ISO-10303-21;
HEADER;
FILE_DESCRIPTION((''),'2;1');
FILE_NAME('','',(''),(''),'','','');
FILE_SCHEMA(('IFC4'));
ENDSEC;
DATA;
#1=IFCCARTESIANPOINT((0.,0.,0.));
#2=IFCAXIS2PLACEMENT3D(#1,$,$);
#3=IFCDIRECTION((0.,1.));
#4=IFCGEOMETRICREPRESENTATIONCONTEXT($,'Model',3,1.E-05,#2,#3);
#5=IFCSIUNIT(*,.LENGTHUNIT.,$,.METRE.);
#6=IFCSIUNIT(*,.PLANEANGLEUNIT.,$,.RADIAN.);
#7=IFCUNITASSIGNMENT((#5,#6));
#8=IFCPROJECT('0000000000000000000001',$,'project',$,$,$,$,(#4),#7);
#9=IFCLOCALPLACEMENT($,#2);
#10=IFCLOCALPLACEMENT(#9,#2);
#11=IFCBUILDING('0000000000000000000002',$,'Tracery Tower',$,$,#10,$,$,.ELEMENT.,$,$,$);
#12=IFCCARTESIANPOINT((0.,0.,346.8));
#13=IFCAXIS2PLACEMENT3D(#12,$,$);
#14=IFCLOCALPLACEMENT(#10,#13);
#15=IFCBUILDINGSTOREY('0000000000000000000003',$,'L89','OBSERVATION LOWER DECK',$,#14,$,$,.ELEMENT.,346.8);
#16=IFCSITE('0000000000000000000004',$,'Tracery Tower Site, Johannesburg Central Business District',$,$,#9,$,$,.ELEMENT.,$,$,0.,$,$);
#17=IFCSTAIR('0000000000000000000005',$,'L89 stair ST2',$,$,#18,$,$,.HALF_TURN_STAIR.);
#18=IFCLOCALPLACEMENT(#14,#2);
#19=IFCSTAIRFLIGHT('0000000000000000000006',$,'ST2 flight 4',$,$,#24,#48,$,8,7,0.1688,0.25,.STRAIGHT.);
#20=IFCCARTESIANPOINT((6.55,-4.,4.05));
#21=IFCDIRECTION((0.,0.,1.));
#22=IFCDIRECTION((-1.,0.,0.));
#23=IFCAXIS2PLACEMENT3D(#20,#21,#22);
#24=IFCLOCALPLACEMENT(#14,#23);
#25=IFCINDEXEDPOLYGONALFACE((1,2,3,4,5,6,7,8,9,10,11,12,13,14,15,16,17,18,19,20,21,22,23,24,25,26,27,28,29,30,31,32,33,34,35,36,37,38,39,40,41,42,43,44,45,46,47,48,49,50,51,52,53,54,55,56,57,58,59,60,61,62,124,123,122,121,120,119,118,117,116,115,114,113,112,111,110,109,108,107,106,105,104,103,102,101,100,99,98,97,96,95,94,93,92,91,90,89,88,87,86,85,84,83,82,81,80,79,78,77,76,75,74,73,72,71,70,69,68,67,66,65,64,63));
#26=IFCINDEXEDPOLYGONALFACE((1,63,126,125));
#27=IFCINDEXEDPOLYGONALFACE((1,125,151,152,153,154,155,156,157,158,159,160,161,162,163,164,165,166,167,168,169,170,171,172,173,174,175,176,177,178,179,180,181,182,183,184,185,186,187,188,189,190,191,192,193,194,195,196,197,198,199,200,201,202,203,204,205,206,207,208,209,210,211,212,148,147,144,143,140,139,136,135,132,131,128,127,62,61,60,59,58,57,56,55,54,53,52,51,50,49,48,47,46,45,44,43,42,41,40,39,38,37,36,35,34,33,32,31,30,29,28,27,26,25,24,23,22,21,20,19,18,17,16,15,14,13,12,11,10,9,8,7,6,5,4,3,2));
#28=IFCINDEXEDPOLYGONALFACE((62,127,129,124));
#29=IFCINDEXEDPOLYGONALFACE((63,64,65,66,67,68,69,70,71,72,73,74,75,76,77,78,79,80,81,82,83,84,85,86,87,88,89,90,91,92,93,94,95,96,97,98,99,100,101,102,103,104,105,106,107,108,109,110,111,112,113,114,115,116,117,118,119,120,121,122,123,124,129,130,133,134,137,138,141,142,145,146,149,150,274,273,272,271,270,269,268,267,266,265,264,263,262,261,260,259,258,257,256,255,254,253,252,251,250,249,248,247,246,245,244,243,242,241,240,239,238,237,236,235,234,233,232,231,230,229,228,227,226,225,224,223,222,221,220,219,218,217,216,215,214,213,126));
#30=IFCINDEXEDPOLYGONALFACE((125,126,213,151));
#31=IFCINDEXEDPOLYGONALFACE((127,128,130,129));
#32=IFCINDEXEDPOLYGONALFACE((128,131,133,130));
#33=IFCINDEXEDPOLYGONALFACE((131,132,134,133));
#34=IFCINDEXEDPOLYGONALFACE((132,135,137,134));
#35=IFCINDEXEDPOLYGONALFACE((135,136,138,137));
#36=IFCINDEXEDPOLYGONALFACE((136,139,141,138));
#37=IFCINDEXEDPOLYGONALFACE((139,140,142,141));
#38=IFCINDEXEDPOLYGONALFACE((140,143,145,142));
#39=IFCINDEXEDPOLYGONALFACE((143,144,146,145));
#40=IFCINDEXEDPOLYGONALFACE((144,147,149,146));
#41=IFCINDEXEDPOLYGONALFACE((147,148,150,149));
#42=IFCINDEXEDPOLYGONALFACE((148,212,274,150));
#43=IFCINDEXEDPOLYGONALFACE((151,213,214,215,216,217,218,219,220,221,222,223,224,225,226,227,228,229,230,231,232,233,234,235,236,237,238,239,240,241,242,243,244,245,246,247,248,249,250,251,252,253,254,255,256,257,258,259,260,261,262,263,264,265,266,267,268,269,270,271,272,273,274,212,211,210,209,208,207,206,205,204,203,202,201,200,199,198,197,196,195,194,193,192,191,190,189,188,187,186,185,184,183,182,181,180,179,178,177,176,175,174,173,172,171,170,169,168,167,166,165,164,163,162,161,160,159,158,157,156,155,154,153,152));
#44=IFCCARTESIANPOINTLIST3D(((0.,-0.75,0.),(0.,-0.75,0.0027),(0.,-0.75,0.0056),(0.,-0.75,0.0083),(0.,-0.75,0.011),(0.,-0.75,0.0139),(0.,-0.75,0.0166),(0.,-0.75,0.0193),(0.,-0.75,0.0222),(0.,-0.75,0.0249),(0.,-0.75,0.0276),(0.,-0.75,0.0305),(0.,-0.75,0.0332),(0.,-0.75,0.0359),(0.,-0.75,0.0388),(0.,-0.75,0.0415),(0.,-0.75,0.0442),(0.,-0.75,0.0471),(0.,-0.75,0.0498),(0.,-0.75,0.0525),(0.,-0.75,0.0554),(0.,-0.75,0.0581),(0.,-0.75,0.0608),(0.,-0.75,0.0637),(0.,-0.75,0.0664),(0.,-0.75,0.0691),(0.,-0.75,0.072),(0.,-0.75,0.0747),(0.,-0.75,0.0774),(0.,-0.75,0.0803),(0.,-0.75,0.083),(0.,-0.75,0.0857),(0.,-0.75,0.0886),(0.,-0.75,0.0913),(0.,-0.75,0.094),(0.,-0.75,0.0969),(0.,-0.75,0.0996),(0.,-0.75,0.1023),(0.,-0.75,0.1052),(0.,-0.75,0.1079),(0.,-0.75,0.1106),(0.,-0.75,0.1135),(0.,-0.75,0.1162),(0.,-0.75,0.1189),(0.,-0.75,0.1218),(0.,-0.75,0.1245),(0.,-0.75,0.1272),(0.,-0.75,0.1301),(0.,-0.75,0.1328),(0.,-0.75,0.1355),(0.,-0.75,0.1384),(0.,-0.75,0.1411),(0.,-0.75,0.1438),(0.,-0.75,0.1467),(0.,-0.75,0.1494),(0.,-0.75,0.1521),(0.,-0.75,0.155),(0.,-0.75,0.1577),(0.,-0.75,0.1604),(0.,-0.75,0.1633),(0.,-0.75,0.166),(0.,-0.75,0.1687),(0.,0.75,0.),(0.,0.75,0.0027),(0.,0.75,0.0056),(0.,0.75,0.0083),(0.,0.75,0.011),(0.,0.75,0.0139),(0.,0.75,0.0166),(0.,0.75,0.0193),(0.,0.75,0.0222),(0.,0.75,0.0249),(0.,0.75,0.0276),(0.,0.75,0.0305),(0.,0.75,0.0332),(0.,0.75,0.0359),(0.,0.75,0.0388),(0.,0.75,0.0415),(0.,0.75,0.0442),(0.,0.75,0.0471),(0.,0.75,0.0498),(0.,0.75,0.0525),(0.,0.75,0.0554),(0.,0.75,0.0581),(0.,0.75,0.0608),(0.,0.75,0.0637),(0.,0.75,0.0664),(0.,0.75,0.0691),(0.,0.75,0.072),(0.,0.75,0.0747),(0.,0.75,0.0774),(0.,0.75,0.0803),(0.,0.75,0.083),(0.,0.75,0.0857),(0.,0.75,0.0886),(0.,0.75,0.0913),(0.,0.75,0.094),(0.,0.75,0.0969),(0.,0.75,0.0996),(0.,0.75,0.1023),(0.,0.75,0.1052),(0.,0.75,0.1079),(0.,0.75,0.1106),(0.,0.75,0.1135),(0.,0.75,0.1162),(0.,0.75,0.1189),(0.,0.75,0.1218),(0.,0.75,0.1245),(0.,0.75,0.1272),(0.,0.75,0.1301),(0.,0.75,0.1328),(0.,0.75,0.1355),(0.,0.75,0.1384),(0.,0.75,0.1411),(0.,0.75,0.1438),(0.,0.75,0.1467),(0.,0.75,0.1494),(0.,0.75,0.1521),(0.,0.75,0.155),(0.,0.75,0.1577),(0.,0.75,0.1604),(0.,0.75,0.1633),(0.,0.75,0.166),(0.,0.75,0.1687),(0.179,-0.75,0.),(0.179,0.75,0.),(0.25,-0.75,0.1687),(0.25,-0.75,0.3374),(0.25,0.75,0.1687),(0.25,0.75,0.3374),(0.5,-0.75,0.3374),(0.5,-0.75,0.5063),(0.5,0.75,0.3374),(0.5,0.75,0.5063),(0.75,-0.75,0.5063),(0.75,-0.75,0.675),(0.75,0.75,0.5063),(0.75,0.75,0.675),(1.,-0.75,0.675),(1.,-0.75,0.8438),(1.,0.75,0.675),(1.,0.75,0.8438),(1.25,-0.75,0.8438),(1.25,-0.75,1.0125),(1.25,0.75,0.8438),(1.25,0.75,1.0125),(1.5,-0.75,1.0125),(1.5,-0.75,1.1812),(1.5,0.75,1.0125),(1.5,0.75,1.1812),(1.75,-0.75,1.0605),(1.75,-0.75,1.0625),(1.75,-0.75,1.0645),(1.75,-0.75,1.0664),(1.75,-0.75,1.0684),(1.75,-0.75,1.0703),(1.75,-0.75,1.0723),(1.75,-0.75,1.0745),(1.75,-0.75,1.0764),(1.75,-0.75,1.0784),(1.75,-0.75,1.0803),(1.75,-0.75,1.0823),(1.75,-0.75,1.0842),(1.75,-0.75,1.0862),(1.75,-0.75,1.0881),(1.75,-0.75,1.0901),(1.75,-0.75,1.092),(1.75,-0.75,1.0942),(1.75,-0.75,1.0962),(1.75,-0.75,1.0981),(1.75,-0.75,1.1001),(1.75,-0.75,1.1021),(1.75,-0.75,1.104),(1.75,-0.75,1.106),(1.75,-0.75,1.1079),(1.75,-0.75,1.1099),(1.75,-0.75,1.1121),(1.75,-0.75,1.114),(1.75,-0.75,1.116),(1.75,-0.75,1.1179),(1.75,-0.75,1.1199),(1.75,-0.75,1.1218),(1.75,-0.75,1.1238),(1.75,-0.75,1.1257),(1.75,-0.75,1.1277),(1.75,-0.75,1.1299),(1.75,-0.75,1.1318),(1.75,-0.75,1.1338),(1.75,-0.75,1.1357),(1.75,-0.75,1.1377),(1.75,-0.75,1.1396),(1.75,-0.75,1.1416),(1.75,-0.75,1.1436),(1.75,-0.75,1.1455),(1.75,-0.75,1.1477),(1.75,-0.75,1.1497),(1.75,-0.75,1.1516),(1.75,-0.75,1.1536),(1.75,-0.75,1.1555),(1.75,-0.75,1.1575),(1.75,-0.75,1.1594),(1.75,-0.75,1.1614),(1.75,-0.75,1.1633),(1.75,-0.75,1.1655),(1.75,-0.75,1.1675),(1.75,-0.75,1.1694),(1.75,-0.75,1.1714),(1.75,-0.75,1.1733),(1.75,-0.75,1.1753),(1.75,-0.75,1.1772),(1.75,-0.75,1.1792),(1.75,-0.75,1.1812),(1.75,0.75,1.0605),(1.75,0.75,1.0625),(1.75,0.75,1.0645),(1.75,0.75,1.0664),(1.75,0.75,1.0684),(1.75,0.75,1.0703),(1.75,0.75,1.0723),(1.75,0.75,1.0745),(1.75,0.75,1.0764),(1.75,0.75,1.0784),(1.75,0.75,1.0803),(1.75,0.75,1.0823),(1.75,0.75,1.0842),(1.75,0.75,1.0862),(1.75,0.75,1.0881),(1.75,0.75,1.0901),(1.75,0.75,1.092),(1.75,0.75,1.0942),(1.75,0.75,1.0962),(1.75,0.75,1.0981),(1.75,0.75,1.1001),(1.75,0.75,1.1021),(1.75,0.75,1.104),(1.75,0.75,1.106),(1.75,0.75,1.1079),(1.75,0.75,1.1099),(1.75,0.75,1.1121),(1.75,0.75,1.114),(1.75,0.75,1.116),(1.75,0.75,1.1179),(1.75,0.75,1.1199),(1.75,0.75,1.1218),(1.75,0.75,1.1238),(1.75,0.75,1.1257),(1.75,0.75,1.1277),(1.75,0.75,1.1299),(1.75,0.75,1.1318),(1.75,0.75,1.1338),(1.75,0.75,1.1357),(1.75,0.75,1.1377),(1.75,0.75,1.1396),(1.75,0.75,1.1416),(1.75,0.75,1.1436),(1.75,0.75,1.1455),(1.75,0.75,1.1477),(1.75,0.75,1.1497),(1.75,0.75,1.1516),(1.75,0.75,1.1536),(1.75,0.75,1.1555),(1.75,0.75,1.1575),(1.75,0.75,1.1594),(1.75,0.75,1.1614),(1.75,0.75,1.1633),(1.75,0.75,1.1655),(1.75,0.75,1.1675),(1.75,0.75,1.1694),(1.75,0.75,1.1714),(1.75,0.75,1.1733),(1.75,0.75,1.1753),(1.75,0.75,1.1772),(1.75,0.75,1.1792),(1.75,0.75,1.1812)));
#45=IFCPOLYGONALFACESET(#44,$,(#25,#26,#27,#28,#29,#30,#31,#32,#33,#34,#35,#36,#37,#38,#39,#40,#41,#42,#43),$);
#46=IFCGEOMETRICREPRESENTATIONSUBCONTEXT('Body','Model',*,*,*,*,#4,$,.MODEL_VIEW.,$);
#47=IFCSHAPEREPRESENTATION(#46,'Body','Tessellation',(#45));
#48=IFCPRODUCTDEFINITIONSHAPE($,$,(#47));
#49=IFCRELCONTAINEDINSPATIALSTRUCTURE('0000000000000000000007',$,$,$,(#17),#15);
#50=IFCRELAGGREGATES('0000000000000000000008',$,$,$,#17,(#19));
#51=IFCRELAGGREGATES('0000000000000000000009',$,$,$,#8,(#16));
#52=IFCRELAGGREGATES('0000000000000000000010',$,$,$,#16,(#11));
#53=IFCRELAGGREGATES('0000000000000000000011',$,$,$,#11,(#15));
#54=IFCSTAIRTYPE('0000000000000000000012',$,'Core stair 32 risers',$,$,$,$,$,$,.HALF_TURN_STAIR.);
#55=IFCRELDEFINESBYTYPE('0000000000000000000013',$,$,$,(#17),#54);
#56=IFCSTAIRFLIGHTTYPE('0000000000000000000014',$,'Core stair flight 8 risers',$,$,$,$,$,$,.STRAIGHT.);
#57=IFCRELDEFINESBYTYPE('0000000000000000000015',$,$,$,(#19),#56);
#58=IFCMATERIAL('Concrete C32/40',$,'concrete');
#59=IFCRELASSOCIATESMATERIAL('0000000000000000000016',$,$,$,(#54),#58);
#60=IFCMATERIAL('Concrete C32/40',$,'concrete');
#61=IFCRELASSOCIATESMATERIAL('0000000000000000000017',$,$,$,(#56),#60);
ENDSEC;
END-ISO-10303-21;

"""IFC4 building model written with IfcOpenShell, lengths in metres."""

from ifc_helpers import new_model, si_unit, direction, frame, origin, place, context, subcontext, project, spatial, polyline, outline, extrude, material, type_object, element, aggregate, save


model = new_model("IFC4")

# Units and contexts
model_context = context("Model", 3, precision=1e-05, world=origin(), true_north=direction((0.0, 1.0)))
body_context = subcontext(model_context, "Body", "Model", "MODEL_VIEW")
ifc_project = project(units=[si_unit("LENGTHUNIT", "METRE"), si_unit("PLANEANGLEUNIT", "RADIAN")], contexts=[model_context])

# Site, building, storey
site_placement = place(None, origin())
site = spatial("IfcSite", under=ifc_project, at=site_placement, Name="Tracery Tower Site, Johannesburg Central Business District", CompositionType="ELEMENT", RefElevation=0.0)
building_placement = place(site_placement, origin())
building = spatial("IfcBuilding", under=site, at=building_placement, Name="Tracery Tower", CompositionType="ELEMENT")
storey_placement = place(building_placement, frame((0.0, 0.0, 346.8)))
storey = spatial("IfcBuildingStorey", under=building, at=storey_placement, Name="L89", Description="OBSERVATION LOWER DECK", CompositionType="ELEMENT", Elevation=346.8)

# Stair, stair flight
ifc_material_1 = material(Name="Concrete C32/40", Category="concrete")
stair_type = type_object("IfcStairType", Name="Core stair 32 risers", PredefinedType="HALF_TURN_STAIR", material=ifc_material_1)
stair_placement = place(storey_placement, origin())
stair = element("IfcStair", 1, at=stair_placement, inside=storey, type_object=stair_type, Name="L89 stair ST2", PredefinedType="HALF_TURN_STAIR")
ifc_material_2 = material(Name="Concrete C32/40", Category="concrete")
stair_flight_type = type_object("IfcStairFlightType", Name="Core stair flight 8 risers", PredefinedType="STRAIGHT", material=ifc_material_2)
stair_flight_1_placement = place(storey_placement, frame((6.55, -4.0, 4.05), z_axis=(0.0, 0.0, 1.0), x_axis=(-1.0, 0.0, 0.0)))
stair_flight_1 = element("IfcStairFlight", 2, at=stair_flight_1_placement, type_object=stair_flight_type, Name="ST2 flight 4", NumberOfRisers=8, NumberOfTreads=7, PredefinedType="STRAIGHT", RiserHeight=0.1688, TreadLength=0.25, context=body_context, shape_type="SweptSolid", body=[
    extrude(outline(polyline([(0.0, 0.0), (0.0, 0.0027), (0.0, 0.0056), (0.0, 0.0083), (0.0, 0.011), (0.0, 0.0139), (0.0, 0.0166), (0.0, 0.0193), (0.0, 0.0222), (0.0, 0.0249), (0.0, 0.0276), (0.0, 0.0305), (0.0, 0.0332), (0.0, 0.0359), (0.0, 0.0388), (0.0, 0.0415), (0.0, 0.0442), (0.0, 0.0471), (0.0, 0.0498), (0.0, 0.0525), (0.0, 0.0554), (0.0, 0.0581), (0.0, 0.0608), (0.0, 0.0637), (0.0, 0.0664), (0.0, 0.0691), (0.0, 0.072), (0.0, 0.0747), (0.0, 0.0774), (0.0, 0.0803), (0.0, 0.083), (0.0, 0.0857), (0.0, 0.0886), (0.0, 0.0913), (0.0, 0.094), (0.0, 0.0969), (0.0, 0.0996), (0.0, 0.1023), (0.0, 0.1052), (0.0, 0.1079), (0.0, 0.1106), (0.0, 0.1135), (0.0, 0.1162), (0.0, 0.1189), (0.0, 0.1218), (0.0, 0.1245), (0.0, 0.1272), (0.0, 0.1301), (0.0, 0.1328), (0.0, 0.1355), (0.0, 0.1384), (0.0, 0.1411), (0.0, 0.1438), (0.0, 0.1467), (0.0, 0.1494), (0.0, 0.1521), (0.0, 0.155), (0.0, 0.1577), (0.0, 0.1604), (0.0, 0.1633), (0.0, 0.166), (0.0, 0.1687), (0.25, 0.1687), (0.25, 0.3374), (0.5, 0.3374), (0.5, 0.5063), (0.75, 0.5063), (0.75, 0.675), (1.0, 0.675), (1.0, 0.8438), (1.25, 0.8438), (1.25, 1.0125), (1.5, 1.0125), (1.5, 1.1812), (1.75, 1.1812), (1.75, 1.1792), (1.75, 1.1772), (1.75, 1.1753), (1.75, 1.1733), (1.75, 1.1714), (1.75, 1.1694), (1.75, 1.1675), (1.75, 1.1655), (1.75, 1.1633), (1.75, 1.1614), (1.75, 1.1594), (1.75, 1.1575), (1.75, 1.1555), (1.75, 1.1536), (1.75, 1.1516), (1.75, 1.1497), (1.75, 1.1477), (1.75, 1.1455), (1.75, 1.1436), (1.75, 1.1416), (1.75, 1.1396), (1.75, 1.1377), (1.75, 1.1357), (1.75, 1.1338), (1.75, 1.1318), (1.75, 1.1299), (1.75, 1.1277), (1.75, 1.1257), (1.75, 1.1238), (1.75, 1.1218), (1.75, 1.1199), (1.75, 1.1179), (1.75, 1.116), (1.75, 1.114), (1.75, 1.1121), (1.75, 1.1099), (1.75, 1.1079), (1.75, 1.106), (1.75, 1.104), (1.75, 1.1021), (1.75, 1.1001), (1.75, 1.0981), (1.75, 1.0962), (1.75, 1.0942), (1.75, 1.092), (1.75, 1.0901), (1.75, 1.0881), (1.75, 1.0862), (1.75, 1.0842), (1.75, 1.0823), (1.75, 1.0803), (1.75, 1.0784), (1.75, 1.0764), (1.75, 1.0745), (1.75, 1.0723), (1.75, 1.0703), (1.75, 1.0684), (1.75, 1.0664), (1.75, 1.0645), (1.75, 1.0625), (1.75, 1.0605), (0.179, 0.0), (0.0, 0.0)])), frame((0.0, 0.75, 0.0), z_axis=(0.0, -1.0, 0.0), x_axis=(1.0, 0.0, 0.0)), (0.0, 0.0, 1.0), 1.5),
])
aggregate(stair, [stair_flight_1])

save(model, "model.ifc")
